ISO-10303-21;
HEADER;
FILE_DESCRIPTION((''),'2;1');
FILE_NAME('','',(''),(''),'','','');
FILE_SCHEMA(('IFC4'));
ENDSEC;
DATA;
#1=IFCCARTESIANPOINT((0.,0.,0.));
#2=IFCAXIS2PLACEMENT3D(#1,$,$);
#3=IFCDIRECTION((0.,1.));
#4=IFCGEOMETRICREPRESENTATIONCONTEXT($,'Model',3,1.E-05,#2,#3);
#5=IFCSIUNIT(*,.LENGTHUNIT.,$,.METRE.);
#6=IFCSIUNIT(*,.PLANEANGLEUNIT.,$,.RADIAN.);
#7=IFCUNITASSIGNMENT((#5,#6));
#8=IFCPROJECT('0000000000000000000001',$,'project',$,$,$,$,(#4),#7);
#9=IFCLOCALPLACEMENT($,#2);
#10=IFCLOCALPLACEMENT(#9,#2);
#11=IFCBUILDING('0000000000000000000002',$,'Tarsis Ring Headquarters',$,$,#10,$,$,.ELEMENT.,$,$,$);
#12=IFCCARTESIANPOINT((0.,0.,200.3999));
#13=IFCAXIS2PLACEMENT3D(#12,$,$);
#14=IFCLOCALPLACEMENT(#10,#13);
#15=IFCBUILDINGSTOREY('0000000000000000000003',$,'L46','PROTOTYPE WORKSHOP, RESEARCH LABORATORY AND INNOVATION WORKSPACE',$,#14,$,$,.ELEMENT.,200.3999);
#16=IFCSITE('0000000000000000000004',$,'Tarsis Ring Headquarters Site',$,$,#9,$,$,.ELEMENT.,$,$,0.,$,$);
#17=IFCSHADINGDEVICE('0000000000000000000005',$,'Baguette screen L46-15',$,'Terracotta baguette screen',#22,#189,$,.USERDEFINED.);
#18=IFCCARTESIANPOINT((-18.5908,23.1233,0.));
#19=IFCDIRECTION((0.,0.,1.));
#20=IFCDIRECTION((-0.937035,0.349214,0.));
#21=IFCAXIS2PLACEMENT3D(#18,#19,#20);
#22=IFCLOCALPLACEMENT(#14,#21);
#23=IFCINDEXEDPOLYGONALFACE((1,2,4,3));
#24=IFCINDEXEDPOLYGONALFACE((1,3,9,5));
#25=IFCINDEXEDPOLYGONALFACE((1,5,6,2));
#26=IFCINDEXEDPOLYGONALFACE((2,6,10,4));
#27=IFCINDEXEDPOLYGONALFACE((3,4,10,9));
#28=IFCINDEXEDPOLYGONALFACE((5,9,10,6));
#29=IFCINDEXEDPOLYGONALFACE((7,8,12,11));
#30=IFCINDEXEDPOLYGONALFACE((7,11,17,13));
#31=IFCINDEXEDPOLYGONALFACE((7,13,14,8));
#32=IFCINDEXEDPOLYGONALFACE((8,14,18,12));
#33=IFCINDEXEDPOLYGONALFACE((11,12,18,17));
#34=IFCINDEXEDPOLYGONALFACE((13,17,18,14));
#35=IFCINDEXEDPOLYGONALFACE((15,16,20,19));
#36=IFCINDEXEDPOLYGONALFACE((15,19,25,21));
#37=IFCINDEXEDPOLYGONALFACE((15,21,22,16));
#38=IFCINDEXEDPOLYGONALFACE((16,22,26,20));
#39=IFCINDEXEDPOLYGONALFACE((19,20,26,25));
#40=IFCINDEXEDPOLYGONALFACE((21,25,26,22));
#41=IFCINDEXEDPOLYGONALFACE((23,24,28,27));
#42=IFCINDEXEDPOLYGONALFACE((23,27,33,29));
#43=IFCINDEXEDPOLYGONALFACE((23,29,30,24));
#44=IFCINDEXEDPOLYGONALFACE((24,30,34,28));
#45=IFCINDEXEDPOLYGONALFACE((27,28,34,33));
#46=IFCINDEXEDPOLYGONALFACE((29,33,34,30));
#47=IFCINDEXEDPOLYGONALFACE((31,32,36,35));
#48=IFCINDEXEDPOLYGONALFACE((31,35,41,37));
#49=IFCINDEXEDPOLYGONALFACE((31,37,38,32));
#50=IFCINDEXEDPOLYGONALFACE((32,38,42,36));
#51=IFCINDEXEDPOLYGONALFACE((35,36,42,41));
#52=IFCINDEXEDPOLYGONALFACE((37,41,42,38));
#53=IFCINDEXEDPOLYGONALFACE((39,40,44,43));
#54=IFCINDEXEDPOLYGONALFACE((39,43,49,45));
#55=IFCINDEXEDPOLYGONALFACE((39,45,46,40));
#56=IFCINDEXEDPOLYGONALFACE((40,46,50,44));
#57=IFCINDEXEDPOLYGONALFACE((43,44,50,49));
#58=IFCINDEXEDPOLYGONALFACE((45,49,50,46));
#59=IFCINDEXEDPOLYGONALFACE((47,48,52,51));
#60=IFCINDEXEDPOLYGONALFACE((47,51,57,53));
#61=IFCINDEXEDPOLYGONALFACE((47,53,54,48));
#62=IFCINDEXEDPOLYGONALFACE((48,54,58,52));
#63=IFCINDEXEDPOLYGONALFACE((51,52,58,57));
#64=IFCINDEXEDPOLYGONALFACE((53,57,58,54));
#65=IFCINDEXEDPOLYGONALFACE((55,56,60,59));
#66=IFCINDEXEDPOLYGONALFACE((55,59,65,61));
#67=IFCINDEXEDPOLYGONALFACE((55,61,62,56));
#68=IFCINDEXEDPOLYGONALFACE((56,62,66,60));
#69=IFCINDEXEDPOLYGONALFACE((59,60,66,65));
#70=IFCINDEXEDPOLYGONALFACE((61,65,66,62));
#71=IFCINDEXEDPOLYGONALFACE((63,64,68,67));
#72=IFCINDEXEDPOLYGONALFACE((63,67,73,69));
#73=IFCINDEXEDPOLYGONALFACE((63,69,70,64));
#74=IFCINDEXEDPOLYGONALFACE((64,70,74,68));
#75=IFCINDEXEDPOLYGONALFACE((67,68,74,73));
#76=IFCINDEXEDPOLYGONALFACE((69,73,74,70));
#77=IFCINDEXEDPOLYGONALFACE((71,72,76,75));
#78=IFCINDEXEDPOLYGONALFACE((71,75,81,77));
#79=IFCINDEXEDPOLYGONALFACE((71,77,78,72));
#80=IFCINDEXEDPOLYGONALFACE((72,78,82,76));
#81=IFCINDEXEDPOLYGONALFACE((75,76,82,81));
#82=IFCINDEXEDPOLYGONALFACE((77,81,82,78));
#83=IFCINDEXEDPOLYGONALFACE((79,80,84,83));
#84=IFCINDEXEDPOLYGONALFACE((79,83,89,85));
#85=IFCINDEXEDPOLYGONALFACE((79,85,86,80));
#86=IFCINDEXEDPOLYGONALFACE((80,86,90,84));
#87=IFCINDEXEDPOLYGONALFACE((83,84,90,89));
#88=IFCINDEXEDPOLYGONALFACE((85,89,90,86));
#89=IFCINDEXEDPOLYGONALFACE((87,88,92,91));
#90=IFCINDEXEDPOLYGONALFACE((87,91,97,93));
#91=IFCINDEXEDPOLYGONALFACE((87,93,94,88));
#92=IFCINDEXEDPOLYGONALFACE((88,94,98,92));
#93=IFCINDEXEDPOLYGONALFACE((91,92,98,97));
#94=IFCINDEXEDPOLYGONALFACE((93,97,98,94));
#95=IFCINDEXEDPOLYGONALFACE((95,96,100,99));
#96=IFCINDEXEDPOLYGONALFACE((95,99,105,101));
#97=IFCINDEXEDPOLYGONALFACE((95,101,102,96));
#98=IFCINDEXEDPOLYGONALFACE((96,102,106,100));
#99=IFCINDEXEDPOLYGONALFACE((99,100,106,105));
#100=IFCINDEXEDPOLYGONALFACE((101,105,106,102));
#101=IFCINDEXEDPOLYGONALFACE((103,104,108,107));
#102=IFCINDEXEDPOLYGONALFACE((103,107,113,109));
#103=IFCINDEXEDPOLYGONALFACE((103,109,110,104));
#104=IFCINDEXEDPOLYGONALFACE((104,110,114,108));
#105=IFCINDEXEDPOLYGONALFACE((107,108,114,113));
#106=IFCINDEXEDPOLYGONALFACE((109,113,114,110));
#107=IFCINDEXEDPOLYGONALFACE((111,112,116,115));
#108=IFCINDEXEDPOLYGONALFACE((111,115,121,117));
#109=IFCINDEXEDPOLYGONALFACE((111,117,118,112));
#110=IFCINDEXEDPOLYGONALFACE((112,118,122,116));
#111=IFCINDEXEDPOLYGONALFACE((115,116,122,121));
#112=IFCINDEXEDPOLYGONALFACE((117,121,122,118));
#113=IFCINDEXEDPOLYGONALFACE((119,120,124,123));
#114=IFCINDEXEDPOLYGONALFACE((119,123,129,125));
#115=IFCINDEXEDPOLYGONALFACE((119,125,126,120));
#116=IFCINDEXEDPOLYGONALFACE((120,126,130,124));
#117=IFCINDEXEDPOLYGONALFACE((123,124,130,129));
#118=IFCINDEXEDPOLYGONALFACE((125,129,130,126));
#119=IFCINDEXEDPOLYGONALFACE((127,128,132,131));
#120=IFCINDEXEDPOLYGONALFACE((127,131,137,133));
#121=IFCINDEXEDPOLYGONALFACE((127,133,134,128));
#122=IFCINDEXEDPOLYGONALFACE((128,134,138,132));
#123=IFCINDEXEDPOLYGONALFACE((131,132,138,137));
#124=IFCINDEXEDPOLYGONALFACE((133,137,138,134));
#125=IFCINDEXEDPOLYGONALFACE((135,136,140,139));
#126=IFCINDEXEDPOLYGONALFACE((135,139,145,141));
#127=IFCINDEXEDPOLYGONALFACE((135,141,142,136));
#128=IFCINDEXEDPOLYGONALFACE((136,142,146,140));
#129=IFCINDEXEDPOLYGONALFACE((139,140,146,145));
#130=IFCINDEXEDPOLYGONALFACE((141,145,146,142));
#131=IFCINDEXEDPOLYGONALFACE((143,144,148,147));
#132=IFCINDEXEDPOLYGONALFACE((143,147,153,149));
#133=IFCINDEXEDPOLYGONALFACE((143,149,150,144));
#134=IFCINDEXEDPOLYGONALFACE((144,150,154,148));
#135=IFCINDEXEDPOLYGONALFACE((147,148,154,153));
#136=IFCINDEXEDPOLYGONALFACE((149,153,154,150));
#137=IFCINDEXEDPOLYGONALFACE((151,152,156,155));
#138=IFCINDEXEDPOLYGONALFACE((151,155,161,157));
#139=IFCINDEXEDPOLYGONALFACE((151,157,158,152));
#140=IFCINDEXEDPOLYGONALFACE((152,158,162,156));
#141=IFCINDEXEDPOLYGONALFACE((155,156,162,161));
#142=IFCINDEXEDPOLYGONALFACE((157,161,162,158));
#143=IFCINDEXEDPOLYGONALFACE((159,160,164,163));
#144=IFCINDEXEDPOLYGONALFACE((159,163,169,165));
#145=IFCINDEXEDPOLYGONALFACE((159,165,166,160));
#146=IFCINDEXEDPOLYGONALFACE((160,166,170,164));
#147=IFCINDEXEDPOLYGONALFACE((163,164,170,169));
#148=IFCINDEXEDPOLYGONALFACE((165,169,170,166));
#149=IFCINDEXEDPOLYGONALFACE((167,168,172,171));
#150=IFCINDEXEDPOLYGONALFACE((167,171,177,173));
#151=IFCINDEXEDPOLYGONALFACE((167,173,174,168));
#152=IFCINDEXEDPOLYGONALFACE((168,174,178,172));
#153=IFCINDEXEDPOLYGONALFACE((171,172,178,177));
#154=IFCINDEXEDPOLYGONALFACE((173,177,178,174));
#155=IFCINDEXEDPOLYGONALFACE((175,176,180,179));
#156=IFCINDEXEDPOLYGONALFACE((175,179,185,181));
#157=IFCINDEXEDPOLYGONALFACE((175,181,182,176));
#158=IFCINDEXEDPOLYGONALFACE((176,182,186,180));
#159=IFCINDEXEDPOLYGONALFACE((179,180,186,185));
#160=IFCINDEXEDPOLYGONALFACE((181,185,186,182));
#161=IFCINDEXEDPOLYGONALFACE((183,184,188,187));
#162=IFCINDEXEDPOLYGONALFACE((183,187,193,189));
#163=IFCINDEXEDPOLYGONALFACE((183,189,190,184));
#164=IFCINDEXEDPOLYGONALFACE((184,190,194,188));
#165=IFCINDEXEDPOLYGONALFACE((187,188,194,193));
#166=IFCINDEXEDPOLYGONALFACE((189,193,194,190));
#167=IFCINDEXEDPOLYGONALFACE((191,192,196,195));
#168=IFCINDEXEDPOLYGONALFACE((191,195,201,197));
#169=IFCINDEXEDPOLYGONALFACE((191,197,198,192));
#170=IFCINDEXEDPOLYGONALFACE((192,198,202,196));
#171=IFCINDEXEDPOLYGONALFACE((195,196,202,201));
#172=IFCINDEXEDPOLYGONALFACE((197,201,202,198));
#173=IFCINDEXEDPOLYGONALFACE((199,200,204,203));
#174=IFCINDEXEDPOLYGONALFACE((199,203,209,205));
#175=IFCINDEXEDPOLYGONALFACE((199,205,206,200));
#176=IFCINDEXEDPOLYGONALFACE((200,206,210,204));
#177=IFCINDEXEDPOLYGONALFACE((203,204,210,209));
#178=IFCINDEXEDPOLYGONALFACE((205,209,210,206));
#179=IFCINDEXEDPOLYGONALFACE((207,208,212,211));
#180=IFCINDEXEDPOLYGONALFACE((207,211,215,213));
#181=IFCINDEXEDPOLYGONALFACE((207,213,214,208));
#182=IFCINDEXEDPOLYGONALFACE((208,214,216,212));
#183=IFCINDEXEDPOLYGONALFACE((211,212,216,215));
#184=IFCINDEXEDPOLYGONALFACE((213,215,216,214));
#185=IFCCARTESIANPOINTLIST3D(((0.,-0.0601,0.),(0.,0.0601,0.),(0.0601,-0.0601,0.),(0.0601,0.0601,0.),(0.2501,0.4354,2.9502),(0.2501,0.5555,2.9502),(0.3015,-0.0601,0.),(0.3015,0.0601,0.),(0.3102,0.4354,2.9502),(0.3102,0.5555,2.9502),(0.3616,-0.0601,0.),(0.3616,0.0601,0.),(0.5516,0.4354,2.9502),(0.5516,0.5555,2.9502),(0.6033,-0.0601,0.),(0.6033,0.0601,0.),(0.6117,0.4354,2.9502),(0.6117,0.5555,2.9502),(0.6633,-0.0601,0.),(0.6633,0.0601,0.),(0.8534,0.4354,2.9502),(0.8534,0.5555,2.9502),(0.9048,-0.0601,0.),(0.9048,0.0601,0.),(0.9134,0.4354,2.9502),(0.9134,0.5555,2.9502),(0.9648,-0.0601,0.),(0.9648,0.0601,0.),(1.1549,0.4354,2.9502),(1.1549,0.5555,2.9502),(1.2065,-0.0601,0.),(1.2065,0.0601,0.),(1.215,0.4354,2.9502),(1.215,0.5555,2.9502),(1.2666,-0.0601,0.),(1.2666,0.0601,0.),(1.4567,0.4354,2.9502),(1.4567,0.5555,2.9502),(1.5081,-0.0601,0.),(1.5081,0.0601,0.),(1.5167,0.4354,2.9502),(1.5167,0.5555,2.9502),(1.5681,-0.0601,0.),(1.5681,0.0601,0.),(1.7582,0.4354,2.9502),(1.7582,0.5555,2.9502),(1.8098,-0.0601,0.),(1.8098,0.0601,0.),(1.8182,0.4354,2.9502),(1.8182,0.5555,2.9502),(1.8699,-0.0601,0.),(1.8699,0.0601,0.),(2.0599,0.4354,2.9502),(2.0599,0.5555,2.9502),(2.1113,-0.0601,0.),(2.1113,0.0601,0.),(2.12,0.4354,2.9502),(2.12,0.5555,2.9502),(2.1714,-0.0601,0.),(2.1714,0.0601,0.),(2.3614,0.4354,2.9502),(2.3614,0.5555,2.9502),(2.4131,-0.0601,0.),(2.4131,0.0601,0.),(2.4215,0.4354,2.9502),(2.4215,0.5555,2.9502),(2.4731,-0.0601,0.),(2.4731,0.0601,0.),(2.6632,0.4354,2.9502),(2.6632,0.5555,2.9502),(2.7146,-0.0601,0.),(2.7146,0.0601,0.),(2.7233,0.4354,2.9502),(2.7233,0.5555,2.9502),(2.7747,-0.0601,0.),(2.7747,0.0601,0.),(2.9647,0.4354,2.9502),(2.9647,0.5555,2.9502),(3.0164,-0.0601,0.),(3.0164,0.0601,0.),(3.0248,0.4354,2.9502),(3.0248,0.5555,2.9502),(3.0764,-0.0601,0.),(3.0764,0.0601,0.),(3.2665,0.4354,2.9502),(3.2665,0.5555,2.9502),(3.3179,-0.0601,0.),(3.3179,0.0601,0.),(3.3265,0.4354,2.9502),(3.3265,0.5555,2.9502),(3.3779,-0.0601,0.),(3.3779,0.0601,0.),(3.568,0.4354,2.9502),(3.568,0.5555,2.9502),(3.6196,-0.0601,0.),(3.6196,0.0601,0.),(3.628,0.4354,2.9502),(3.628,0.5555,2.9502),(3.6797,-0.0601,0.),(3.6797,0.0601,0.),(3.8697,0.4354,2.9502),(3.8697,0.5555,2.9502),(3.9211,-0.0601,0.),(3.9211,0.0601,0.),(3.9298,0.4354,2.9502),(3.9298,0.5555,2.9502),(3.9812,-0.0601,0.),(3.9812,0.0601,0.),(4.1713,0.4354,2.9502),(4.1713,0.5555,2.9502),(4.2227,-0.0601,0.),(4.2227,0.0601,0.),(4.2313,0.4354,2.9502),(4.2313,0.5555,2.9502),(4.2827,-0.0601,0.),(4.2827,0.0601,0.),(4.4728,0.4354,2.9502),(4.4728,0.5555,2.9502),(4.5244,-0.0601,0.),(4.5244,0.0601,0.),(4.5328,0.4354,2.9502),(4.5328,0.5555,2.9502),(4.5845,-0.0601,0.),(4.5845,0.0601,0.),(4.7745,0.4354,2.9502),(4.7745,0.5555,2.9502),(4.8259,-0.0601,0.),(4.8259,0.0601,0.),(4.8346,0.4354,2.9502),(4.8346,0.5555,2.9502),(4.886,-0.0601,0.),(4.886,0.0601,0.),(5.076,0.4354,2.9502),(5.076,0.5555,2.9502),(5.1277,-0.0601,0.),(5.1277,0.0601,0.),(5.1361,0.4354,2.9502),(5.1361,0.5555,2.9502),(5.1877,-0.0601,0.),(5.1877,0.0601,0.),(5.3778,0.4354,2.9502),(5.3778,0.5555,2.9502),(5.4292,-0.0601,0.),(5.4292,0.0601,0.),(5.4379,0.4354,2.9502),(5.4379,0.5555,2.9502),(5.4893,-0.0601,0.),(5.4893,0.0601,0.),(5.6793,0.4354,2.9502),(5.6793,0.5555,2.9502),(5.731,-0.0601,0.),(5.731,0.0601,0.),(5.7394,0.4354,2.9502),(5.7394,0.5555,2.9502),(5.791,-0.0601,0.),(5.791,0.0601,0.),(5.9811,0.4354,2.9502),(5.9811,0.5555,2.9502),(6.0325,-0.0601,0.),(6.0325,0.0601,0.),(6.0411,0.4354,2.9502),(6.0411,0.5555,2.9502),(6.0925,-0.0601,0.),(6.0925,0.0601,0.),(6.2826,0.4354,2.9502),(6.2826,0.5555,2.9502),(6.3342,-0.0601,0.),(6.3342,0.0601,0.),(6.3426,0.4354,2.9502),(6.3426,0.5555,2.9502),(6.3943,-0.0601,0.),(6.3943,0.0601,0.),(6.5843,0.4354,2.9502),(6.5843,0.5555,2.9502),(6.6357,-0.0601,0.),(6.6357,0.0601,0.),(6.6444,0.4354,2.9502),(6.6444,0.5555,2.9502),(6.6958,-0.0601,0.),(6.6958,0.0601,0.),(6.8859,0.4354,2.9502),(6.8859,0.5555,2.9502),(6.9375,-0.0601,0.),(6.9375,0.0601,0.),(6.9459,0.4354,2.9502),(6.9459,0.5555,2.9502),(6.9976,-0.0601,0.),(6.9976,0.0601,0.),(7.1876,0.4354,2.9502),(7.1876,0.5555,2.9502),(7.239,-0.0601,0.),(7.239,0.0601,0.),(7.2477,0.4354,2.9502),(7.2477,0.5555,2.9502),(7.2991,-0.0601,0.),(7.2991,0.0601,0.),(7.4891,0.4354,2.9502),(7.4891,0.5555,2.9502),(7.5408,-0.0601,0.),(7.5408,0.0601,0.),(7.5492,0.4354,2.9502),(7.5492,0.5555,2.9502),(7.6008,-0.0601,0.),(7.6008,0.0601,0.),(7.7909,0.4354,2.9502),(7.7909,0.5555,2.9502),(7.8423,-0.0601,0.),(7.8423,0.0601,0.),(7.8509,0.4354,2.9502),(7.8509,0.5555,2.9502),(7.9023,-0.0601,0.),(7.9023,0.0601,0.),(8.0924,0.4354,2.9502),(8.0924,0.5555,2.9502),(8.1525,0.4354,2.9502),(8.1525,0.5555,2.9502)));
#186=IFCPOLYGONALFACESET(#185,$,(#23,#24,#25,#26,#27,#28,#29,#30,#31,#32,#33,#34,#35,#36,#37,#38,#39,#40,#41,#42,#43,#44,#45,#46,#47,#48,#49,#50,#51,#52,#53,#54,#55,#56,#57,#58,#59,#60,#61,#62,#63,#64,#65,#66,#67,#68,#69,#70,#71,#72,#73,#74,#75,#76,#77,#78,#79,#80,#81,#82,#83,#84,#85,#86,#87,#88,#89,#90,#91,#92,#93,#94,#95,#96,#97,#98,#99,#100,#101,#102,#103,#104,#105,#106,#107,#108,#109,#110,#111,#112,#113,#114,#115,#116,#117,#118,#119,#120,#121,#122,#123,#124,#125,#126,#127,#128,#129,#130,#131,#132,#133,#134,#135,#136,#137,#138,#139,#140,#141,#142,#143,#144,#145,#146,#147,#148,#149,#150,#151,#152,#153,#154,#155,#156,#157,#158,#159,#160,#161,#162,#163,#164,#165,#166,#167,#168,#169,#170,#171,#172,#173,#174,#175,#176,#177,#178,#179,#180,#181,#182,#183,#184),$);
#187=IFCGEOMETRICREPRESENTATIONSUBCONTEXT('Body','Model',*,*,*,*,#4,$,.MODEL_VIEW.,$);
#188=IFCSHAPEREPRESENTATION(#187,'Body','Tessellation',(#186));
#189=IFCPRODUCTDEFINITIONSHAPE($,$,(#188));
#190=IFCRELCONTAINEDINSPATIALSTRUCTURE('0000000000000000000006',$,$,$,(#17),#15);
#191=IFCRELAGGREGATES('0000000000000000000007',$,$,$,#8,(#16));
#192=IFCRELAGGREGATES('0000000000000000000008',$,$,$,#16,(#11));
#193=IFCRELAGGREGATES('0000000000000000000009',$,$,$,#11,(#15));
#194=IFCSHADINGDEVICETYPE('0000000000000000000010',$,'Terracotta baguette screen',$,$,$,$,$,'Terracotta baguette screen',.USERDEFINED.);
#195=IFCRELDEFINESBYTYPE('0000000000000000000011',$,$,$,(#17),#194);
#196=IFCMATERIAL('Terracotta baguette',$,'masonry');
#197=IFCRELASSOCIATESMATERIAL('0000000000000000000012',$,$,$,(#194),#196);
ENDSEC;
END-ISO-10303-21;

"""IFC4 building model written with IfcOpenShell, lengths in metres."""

from ifc_helpers import new_model, si_unit, direction, frame, frame_2d, origin, place, context, subcontext, project, spatial, rectangle, composite_profile, extrude, material, type_object, element, save


model = new_model("IFC4")

# Units and contexts
model_context = context("Model", 3, precision=1e-05, world=origin(), true_north=direction((0.0, 1.0)))
body_context = subcontext(model_context, "Body", "Model", "MODEL_VIEW")
ifc_project = project(units=[si_unit("LENGTHUNIT", "METRE"), si_unit("PLANEANGLEUNIT", "RADIAN")], contexts=[model_context])

# Site, building, storey
site_placement = place(None, origin())
site = spatial("IfcSite", under=ifc_project, at=site_placement, Name="Tarsis Ring Headquarters Site", CompositionType="ELEMENT", RefElevation=0.0)
building_placement = place(site_placement, origin())
building = spatial("IfcBuilding", under=site, at=building_placement, Name="Tarsis Ring Headquarters", CompositionType="ELEMENT")
storey_placement = place(building_placement, frame((0.0, 0.0, 200.3999)))
storey = spatial("IfcBuildingStorey", under=building, at=storey_placement, Name="L46", Description="PROTOTYPE WORKSHOP, RESEARCH LABORATORY AND INNOVATION WORKSPACE", CompositionType="ELEMENT", Elevation=200.3999)

# Shading device
ifc_material_1 = material(Name="Terracotta baguette", Category="masonry")
shading_device_type_1 = type_object("IfcShadingDeviceType", Name="Terracotta baguette screen", ElementType="Terracotta baguette screen", PredefinedType="USERDEFINED", material=ifc_material_1)
shading_device_1_placement = place(storey_placement, frame((-18.5908, 23.1233, 0.0), z_axis=(0.0, 0.0, 1.0), x_axis=(-0.937035, 0.349214, 0.0)))
element("IfcShadingDevice", 1, at=shading_device_1_placement, inside=storey, type_object=shading_device_type_1, Name="Baguette screen L46-15", ObjectType="Terracotta baguette screen", PredefinedType="USERDEFINED", context=body_context, shape_type="SweptSolid", body=[
    extrude(composite_profile([rectangle(XDim=0.0601, YDim=0.1201, at=frame_2d((0.03, 0.0))), rectangle(XDim=0.0601, YDim=0.1201, at=frame_2d((0.3315, 0.0))), rectangle(XDim=0.0601, YDim=0.1201, at=frame_2d((0.6333, 0.0))), rectangle(XDim=0.0601, YDim=0.1201, at=frame_2d((0.9348, 0.0))), rectangle(XDim=0.0601, YDim=0.1201, at=frame_2d((1.2366, 0.0))), rectangle(XDim=0.0601, YDim=0.1201, at=frame_2d((1.5381, 0.0))), rectangle(XDim=0.0601, YDim=0.1201, at=frame_2d((1.8398, 0.0))), rectangle(XDim=0.0601, YDim=0.1201, at=frame_2d((2.1414, 0.0))), rectangle(XDim=0.0601, YDim=0.1201, at=frame_2d((2.4431, 0.0))), rectangle(XDim=0.0601, YDim=0.1201, at=frame_2d((2.7446, 0.0))), rectangle(XDim=0.0601, YDim=0.1201, at=frame_2d((3.0464, 0.0))), rectangle(XDim=0.0601, YDim=0.1201, at=frame_2d((3.3479, 0.0))), rectangle(XDim=0.0601, YDim=0.1201, at=frame_2d((3.6497, 0.0))), rectangle(XDim=0.0601, YDim=0.1201, at=frame_2d((3.9512, 0.0))), rectangle(XDim=0.0601, YDim=0.1201, at=frame_2d((4.2527, 0.0))), rectangle(XDim=0.0601, YDim=0.1201, at=frame_2d((4.5544, 0.0))), rectangle(XDim=0.0601, YDim=0.1201, at=frame_2d((4.856, 0.0))), rectangle(XDim=0.0601, YDim=0.1201, at=frame_2d((5.1577, 0.0))), rectangle(XDim=0.0601, YDim=0.1201, at=frame_2d((5.4592, 0.0))), rectangle(XDim=0.0601, YDim=0.1201, at=frame_2d((5.761, 0.0))), rectangle(XDim=0.0601, YDim=0.1201, at=frame_2d((6.0625, 0.0))), rectangle(XDim=0.0601, YDim=0.1201, at=frame_2d((6.3643, 0.0))), rectangle(XDim=0.0601, YDim=0.1201, at=frame_2d((6.6658, 0.0))), rectangle(XDim=0.0601, YDim=0.1201, at=frame_2d((6.9675, 0.0))), rectangle(XDim=0.0601, YDim=0.1201, at=frame_2d((7.269, 0.0))), rectangle(XDim=0.0601, YDim=0.1201, at=frame_2d((7.5708, 0.0))), rectangle(XDim=0.0601, YDim=0.1201, at=frame_2d((7.8723, 0.0)))]), origin(), (0.083318, 0.165054, 0.982759), 3.002),
])

save(model, "model.ifc")
